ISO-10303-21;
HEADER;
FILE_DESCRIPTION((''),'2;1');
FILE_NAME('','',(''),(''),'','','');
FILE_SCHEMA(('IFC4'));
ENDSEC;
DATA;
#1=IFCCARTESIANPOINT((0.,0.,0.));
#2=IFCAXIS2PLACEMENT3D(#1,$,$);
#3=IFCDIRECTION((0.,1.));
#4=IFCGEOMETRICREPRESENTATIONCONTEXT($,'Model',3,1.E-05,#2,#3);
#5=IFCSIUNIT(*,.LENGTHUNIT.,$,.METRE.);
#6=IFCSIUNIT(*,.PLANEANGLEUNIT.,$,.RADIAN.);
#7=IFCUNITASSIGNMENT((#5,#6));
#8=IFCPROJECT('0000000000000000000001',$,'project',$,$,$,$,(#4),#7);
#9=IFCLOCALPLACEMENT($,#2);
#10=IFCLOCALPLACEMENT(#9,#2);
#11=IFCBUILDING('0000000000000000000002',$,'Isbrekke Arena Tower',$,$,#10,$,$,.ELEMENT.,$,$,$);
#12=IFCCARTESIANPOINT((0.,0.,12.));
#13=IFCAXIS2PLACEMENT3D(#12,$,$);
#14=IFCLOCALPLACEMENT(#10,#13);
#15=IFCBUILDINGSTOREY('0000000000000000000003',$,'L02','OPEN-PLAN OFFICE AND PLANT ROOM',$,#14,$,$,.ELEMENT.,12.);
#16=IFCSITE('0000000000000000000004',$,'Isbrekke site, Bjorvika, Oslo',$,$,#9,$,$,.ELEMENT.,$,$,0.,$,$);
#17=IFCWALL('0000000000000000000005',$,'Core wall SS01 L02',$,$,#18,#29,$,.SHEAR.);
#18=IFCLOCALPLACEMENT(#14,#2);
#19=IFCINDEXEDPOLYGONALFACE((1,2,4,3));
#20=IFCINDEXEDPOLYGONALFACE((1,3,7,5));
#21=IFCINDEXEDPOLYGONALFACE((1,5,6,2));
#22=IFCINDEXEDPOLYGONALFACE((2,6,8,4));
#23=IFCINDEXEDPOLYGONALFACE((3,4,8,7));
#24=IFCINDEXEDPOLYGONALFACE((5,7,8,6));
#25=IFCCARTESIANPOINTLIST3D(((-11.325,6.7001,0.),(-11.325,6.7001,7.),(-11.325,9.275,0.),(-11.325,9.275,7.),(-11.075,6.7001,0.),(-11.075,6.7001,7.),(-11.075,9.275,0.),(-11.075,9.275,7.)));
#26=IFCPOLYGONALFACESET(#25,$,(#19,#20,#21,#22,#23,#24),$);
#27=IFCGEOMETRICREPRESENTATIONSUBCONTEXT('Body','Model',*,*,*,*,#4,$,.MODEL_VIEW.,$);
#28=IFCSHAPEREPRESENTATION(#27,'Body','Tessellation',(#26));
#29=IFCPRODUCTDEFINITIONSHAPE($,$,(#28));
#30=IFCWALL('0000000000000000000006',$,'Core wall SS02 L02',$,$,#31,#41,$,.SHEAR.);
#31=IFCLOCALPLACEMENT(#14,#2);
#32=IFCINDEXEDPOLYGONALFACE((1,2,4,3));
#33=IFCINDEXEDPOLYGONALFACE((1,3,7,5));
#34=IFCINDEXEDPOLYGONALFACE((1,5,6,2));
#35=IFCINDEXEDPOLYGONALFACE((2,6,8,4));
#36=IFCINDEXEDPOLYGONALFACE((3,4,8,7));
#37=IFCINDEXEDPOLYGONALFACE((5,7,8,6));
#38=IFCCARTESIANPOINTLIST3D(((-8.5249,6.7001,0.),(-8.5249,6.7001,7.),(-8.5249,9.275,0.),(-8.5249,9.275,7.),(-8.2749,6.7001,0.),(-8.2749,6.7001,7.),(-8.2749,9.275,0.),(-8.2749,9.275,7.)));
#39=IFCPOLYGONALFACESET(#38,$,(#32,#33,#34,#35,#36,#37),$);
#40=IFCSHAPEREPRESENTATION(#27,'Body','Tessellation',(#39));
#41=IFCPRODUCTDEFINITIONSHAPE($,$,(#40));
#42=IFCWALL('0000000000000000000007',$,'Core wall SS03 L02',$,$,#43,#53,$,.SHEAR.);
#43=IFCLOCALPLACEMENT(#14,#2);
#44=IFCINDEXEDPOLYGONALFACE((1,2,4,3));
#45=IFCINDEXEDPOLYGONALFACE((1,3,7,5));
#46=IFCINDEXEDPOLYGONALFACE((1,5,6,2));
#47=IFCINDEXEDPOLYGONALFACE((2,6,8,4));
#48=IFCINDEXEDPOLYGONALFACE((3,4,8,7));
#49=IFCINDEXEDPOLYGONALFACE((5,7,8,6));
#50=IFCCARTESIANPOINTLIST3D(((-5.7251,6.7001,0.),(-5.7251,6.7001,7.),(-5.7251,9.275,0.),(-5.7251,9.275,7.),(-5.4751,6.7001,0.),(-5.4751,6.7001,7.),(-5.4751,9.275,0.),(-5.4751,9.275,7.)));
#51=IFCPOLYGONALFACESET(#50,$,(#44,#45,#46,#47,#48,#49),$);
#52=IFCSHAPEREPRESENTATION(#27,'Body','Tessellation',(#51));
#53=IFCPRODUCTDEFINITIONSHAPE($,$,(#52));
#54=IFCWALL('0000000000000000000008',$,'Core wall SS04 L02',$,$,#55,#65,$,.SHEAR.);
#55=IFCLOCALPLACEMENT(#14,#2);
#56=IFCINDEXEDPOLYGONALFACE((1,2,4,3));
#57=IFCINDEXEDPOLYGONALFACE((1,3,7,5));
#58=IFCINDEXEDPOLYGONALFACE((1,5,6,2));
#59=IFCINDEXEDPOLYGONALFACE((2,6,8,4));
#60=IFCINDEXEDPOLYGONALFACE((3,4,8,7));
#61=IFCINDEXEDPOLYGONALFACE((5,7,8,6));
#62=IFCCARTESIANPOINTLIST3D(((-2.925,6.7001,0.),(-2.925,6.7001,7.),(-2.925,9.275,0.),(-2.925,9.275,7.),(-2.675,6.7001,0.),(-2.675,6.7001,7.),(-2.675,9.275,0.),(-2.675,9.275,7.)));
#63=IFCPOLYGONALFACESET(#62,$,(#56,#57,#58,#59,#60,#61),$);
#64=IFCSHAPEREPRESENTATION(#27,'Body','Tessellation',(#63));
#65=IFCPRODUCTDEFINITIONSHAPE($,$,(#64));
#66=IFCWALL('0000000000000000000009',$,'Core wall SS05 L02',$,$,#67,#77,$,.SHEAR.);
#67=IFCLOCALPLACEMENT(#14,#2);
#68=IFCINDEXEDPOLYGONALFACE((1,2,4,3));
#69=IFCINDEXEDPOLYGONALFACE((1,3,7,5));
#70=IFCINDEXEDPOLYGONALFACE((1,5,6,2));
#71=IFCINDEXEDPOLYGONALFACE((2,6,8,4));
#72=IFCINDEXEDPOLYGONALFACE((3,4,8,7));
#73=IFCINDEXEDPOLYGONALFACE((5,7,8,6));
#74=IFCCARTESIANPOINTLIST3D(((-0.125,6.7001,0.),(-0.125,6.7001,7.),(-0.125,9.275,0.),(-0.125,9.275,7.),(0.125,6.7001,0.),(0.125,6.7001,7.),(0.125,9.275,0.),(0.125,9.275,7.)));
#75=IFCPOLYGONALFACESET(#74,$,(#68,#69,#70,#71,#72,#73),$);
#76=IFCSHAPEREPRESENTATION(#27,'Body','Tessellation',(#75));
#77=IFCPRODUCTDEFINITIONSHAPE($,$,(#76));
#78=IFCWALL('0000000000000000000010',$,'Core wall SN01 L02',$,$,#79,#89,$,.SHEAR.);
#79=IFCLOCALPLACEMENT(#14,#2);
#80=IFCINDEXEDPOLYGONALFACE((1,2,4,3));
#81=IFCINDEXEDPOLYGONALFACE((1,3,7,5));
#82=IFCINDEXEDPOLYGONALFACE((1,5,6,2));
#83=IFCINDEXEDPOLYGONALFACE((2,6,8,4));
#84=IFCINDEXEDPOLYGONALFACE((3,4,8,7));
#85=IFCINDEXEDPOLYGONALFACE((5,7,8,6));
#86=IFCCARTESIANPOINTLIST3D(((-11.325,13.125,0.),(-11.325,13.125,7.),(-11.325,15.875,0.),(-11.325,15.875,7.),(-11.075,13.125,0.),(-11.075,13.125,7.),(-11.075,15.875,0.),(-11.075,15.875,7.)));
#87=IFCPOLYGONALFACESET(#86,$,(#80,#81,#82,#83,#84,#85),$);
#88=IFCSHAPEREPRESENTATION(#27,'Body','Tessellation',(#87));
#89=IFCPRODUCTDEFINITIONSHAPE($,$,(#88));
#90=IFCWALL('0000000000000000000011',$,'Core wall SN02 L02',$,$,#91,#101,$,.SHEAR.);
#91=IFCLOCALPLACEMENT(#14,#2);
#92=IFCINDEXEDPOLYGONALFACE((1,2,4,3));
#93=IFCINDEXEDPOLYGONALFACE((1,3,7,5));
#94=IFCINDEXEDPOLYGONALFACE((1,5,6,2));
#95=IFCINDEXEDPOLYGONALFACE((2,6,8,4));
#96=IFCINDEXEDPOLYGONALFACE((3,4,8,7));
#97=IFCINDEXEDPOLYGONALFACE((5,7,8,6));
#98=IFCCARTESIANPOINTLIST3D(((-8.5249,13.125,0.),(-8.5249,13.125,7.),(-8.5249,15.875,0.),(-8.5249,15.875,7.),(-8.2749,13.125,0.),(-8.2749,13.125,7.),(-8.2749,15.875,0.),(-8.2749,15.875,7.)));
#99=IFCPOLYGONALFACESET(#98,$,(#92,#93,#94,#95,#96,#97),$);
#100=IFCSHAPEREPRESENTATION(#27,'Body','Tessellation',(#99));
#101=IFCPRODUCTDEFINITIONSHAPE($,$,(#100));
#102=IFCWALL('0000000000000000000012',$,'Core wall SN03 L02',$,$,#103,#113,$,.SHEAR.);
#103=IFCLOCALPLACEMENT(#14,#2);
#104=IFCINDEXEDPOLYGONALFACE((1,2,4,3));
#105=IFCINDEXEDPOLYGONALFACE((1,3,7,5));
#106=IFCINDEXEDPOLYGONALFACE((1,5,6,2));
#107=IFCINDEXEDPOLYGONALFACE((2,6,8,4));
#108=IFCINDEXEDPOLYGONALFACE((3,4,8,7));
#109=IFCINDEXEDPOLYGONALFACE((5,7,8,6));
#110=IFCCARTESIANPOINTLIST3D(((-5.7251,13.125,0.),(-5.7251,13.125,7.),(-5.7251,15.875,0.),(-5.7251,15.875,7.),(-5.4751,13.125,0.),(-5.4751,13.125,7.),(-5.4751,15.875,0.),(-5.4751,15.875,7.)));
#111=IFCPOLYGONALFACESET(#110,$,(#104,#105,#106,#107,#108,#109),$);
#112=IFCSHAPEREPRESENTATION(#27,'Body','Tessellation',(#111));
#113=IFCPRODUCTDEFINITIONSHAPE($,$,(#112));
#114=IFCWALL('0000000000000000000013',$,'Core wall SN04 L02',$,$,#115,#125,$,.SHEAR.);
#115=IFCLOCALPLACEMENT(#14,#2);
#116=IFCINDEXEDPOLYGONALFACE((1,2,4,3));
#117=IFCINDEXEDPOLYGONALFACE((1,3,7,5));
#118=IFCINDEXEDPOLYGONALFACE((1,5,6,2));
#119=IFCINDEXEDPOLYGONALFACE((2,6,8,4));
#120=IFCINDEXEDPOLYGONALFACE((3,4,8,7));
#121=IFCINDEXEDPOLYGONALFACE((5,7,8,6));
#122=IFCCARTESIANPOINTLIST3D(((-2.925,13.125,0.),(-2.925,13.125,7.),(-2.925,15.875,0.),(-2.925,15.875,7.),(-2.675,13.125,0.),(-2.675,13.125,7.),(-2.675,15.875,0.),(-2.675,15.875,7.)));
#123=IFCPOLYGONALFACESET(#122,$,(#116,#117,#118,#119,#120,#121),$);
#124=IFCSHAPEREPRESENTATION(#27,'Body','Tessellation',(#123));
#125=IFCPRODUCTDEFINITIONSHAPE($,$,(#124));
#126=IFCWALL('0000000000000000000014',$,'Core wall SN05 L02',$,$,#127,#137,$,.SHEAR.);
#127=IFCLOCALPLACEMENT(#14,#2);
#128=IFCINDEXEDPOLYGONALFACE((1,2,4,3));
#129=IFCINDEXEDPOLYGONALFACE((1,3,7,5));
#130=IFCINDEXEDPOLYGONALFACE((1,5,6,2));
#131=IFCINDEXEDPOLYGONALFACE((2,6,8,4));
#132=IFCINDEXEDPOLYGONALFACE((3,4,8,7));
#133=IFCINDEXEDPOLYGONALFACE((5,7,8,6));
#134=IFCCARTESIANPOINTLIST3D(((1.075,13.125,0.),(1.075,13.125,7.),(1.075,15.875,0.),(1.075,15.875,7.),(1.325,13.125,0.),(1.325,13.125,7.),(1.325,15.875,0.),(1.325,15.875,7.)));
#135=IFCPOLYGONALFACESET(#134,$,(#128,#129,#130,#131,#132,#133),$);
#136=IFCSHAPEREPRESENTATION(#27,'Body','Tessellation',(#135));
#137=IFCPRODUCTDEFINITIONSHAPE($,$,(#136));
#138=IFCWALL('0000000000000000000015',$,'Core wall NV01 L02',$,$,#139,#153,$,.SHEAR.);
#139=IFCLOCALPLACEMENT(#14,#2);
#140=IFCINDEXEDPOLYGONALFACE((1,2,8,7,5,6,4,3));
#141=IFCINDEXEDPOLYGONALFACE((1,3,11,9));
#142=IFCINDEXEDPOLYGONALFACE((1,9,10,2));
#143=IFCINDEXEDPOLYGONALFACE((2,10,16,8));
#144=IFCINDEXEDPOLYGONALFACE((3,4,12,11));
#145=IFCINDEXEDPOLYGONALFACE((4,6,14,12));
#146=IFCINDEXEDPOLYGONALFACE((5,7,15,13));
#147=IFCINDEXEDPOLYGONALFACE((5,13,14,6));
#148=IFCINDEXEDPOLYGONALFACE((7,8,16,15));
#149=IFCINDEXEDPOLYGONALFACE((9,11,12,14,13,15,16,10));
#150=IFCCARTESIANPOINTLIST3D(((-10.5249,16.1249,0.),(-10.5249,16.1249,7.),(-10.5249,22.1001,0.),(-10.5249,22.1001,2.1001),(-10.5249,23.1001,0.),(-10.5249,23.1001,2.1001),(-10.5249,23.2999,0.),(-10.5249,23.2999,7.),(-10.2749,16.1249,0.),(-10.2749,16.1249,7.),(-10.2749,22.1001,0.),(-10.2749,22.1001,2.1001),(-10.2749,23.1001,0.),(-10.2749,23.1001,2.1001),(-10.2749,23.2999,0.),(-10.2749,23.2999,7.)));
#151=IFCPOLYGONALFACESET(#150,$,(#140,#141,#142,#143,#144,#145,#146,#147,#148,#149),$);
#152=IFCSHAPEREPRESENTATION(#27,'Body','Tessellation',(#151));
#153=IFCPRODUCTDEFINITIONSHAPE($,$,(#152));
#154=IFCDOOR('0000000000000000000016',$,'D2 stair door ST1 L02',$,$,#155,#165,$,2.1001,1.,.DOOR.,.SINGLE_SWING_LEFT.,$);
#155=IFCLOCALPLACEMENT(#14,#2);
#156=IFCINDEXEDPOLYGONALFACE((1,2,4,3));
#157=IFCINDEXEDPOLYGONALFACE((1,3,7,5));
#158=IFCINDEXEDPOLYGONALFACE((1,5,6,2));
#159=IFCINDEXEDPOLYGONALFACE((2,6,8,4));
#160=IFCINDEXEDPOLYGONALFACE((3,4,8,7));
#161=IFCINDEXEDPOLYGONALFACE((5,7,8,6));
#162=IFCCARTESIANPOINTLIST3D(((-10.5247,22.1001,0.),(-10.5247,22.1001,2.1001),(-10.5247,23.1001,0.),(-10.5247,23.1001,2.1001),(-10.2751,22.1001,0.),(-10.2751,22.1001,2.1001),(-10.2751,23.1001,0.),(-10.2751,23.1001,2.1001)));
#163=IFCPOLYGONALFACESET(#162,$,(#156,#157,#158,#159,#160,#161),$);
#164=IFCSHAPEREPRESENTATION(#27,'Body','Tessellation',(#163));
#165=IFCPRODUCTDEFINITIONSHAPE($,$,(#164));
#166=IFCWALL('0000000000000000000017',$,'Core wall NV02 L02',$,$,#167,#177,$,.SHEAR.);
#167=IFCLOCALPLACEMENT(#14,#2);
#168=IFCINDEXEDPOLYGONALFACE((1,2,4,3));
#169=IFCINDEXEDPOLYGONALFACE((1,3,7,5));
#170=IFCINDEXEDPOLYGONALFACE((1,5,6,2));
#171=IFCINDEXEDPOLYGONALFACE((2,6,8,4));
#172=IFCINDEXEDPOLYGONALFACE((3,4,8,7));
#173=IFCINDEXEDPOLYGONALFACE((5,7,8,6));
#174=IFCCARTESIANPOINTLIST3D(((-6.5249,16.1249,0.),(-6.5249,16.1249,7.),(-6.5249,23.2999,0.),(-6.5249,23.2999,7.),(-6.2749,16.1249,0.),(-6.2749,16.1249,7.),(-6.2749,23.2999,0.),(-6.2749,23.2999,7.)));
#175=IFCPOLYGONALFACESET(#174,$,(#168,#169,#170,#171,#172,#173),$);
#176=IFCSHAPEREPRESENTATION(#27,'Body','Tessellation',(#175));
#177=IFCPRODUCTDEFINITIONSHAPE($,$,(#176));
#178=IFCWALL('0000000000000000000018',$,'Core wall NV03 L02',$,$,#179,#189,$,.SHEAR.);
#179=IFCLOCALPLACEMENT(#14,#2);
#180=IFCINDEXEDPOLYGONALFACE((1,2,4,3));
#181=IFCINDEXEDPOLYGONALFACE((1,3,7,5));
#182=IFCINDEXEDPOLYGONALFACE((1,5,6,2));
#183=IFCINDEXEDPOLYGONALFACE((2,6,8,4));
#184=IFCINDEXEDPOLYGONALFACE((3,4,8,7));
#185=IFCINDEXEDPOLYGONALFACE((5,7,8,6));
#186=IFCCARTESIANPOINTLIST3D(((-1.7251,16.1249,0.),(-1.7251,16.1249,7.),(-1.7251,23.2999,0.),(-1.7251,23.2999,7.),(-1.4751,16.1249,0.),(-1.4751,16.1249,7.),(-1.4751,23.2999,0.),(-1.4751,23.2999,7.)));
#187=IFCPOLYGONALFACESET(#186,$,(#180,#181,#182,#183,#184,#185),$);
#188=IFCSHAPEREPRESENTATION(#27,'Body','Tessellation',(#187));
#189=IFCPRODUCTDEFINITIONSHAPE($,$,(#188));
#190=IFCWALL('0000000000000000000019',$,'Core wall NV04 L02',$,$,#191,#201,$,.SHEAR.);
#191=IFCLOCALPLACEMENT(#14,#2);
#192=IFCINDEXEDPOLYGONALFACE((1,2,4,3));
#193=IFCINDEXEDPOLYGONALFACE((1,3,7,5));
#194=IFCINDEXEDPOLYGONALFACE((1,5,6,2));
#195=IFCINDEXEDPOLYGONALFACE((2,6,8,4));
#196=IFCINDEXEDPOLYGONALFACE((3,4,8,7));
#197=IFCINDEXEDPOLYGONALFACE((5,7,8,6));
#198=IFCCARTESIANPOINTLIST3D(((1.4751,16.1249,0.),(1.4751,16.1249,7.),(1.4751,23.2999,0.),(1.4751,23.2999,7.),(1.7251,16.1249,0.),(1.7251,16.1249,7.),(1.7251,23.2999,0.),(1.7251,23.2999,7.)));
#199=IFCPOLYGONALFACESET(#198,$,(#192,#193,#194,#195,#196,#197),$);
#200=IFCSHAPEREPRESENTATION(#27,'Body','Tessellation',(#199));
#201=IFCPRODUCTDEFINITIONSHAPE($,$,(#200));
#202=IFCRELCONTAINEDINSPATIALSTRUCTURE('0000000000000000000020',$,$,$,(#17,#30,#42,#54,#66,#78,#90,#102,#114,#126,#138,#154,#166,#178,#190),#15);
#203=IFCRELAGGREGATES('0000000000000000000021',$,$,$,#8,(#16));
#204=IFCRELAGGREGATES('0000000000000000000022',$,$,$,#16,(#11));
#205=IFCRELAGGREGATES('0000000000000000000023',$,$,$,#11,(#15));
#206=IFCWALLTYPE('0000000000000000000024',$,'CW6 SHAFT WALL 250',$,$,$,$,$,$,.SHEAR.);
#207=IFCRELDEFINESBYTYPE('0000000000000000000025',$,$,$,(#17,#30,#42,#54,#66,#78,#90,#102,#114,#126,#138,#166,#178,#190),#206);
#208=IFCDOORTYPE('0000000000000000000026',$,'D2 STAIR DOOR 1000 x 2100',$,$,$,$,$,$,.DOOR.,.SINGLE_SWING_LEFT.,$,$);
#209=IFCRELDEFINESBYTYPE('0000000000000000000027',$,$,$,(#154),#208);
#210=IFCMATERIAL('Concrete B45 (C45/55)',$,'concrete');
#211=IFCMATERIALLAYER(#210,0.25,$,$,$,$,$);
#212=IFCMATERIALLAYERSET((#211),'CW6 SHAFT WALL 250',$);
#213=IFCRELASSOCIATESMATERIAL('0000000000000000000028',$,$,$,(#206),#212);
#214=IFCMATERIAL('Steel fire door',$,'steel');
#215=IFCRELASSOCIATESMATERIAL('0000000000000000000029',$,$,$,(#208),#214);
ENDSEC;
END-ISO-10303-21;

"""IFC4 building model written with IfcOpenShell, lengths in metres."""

from ifc_helpers import new_model, si_unit, direction, frame, frame_2d, origin, place, context, subcontext, project, spatial, rectangle, extrude, material, layer, layer_set, type_object, element, fill, save


model = new_model("IFC4")

# Units and contexts
model_context = context("Model", 3, precision=1e-05, world=origin(), true_north=direction((0.0, 1.0)))
body_context = subcontext(model_context, "Body", "Model", "MODEL_VIEW")
ifc_project = project(units=[si_unit("LENGTHUNIT", "METRE"), si_unit("PLANEANGLEUNIT", "RADIAN")], contexts=[model_context])

# Site, building, storey
site_placement = place(None, origin())
site = spatial("IfcSite", under=ifc_project, at=site_placement, Name="Isbrekke site, Bjorvika, Oslo", CompositionType="ELEMENT", RefElevation=0.0)
building_placement = place(site_placement, origin())
building = spatial("IfcBuilding", under=site, at=building_placement, Name="Isbrekke Arena Tower", CompositionType="ELEMENT")
storey_placement = place(building_placement, frame((0.0, 0.0, 12.0)))
storey = spatial("IfcBuildingStorey", under=building, at=storey_placement, Name="L02", Description="OPEN-PLAN OFFICE AND PLANT ROOM", CompositionType="ELEMENT", Elevation=12.0)

# Walls
ifc_material_1 = material(Name="Concrete B45 (C45/55)", Category="concrete")
ifc_layer = layer(ifc_material_1, 0.25)
ifc_layer_set = layer_set([ifc_layer], Name="CW6 SHAFT WALL 250")
wall_type = type_object("IfcWallType", Name="CW6 SHAFT WALL 250", PredefinedType="SHEAR", material=ifc_layer_set)
for number, where, z_axis, x_axis, name in (
    (1, (-11.2, 6.7, 0.0), (0.0, 0.0, 1.0), (0.0, 1.0, 0.0), "Core wall SS01 L02"),
    (2, (-8.3999, 6.7, 0.0), (0.0, 0.0, 1.0), (0.0, 1.0, 0.0), "Core wall SS02 L02"),
    (3, (-5.6001, 6.7, 0.0), (0.0, 0.0, 1.0), (0.0, 1.0, 0.0), "Core wall SS03 L02"),
    (4, (-2.8, 6.7, 0.0), (0.0, 0.0, 1.0), (0.0, 1.0, 0.0), "Core wall SS04 L02"),
    (5, (0.0, 6.7, 0.0), (0.0, 0.0, 1.0), (0.0, 1.0, 0.0), "Core wall SS05 L02"),
):
    element("IfcWall", number, at=place(storey_placement, frame(where, z_axis=z_axis, x_axis=x_axis)), inside=storey, type_object=wall_type, Name=name, PredefinedType="SHEAR", context=body_context, shape_type="SweptSolid", body=[
        extrude(rectangle(XDim=2.575, YDim=0.25, at=frame_2d((1.2876, 0.0))), origin(), (0.0, 0.0, 1.0), 7.0),
    ])
for number, where, z_axis, x_axis, name in (
    (6, (-11.2, 13.125, 0.0), (0.0, 0.0, 1.0), (0.0, 1.0, 0.0), "Core wall SN01 L02"),
    (7, (-8.3999, 13.125, 0.0), (0.0, 0.0, 1.0), (0.0, 1.0, 0.0), "Core wall SN02 L02"),
    (8, (-5.6001, 13.125, 0.0), (0.0, 0.0, 1.0), (0.0, 1.0, 0.0), "Core wall SN03 L02"),
    (9, (-2.8, 13.125, 0.0), (0.0, 0.0, 1.0), (0.0, 1.0, 0.0), "Core wall SN04 L02"),
    (10, (1.2, 13.125, 0.0), (0.0, 0.0, 1.0), (0.0, 1.0, 0.0), "Core wall SN05 L02"),
):
    element("IfcWall", number, at=place(storey_placement, frame(where, z_axis=z_axis, x_axis=x_axis)), inside=storey, type_object=wall_type, Name=name, PredefinedType="SHEAR", context=body_context, shape_type="SweptSolid", body=[
        extrude(rectangle(XDim=2.75, YDim=0.25, at=frame_2d((1.375, 0.0))), origin(), (0.0, 0.0, 1.0), 7.0),
    ])

# Wall, opening, door
wall_1_placement = place(storey_placement, frame((-10.3999, 16.125, 0.0), z_axis=(0.0, 0.0, 1.0), x_axis=(0.0, 1.0, 0.0)))
wall_1 = element("IfcWall", 11, at=wall_1_placement, inside=storey, type_object=wall_type, Name="Core wall NV01 L02", PredefinedType="SHEAR", context=body_context, shape_type="SweptSolid", body=[
    extrude(rectangle(XDim=7.175, YDim=0.25, at=frame_2d((3.5874, 0.0))), origin(), (0.0, 0.0, 1.0), 7.0),
])
opening_1_placement = place(wall_1_placement, frame((5.9751, 0.0, 0.0)))
opening_1 = element("IfcOpeningElement", 12, at=opening_1_placement, cuts=wall_1, PredefinedType="OPENING", context=body_context, shape_type="SweptSolid", body=[
    extrude(rectangle(XDim=1.0, YDim=2.1001, at=frame_2d((0.5, 1.05))), frame((0.0, 0.1399, 0.0), z_axis=(0.0, -1.0, 0.0), x_axis=(1.0, 0.0, 0.0)), (0.0, 0.0, 1.0), 0.2798),
])
ifc_material_2 = material(Name="Steel fire door", Category="steel")
door_type_1 = type_object("IfcDoorType", Name="D2 STAIR DOOR 1000 x 2100", OperationType="SINGLE_SWING_LEFT", PredefinedType="DOOR", material=ifc_material_2)
door_1_placement = place(opening_1_placement, origin())
door_1 = element("IfcDoor", 13, at=door_1_placement, inside=storey, type_object=door_type_1, Name="D2 stair door ST1 L02", OperationType="SINGLE_SWING_LEFT", OverallHeight=2.1001, OverallWidth=1.0, PredefinedType="DOOR", context=body_context, shape_type="SweptSolid", body=[
    extrude(rectangle(XDim=1.0, YDim=2.1001, at=frame_2d((0.5, 1.05))), frame((0.0, 0.1248, 0.0), z_axis=(0.0, -1.0, 0.0), x_axis=(1.0, 0.0, 0.0)), (0.0, 0.0, 1.0), 0.2495),
])
fill(opening_1, door_1)

# Walls
for number, where, z_axis, x_axis, name in (
    (14, (-6.3999, 16.125, 0.0), (0.0, 0.0, 1.0), (0.0, 1.0, 0.0), "Core wall NV02 L02"),
    (15, (-1.6001, 16.125, 0.0), (0.0, 0.0, 1.0), (0.0, 1.0, 0.0), "Core wall NV03 L02"),
    (16, (1.6001, 16.125, 0.0), (0.0, 0.0, 1.0), (0.0, 1.0, 0.0), "Core wall NV04 L02"),
):
    element("IfcWall", number, at=place(storey_placement, frame(where, z_axis=z_axis, x_axis=x_axis)), inside=storey, type_object=wall_type, Name=name, PredefinedType="SHEAR", context=body_context, shape_type="SweptSolid", body=[
        extrude(rectangle(XDim=7.175, YDim=0.25, at=frame_2d((3.5874, 0.0))), origin(), (0.0, 0.0, 1.0), 7.0),
    ])

save(model, "model.ifc")
